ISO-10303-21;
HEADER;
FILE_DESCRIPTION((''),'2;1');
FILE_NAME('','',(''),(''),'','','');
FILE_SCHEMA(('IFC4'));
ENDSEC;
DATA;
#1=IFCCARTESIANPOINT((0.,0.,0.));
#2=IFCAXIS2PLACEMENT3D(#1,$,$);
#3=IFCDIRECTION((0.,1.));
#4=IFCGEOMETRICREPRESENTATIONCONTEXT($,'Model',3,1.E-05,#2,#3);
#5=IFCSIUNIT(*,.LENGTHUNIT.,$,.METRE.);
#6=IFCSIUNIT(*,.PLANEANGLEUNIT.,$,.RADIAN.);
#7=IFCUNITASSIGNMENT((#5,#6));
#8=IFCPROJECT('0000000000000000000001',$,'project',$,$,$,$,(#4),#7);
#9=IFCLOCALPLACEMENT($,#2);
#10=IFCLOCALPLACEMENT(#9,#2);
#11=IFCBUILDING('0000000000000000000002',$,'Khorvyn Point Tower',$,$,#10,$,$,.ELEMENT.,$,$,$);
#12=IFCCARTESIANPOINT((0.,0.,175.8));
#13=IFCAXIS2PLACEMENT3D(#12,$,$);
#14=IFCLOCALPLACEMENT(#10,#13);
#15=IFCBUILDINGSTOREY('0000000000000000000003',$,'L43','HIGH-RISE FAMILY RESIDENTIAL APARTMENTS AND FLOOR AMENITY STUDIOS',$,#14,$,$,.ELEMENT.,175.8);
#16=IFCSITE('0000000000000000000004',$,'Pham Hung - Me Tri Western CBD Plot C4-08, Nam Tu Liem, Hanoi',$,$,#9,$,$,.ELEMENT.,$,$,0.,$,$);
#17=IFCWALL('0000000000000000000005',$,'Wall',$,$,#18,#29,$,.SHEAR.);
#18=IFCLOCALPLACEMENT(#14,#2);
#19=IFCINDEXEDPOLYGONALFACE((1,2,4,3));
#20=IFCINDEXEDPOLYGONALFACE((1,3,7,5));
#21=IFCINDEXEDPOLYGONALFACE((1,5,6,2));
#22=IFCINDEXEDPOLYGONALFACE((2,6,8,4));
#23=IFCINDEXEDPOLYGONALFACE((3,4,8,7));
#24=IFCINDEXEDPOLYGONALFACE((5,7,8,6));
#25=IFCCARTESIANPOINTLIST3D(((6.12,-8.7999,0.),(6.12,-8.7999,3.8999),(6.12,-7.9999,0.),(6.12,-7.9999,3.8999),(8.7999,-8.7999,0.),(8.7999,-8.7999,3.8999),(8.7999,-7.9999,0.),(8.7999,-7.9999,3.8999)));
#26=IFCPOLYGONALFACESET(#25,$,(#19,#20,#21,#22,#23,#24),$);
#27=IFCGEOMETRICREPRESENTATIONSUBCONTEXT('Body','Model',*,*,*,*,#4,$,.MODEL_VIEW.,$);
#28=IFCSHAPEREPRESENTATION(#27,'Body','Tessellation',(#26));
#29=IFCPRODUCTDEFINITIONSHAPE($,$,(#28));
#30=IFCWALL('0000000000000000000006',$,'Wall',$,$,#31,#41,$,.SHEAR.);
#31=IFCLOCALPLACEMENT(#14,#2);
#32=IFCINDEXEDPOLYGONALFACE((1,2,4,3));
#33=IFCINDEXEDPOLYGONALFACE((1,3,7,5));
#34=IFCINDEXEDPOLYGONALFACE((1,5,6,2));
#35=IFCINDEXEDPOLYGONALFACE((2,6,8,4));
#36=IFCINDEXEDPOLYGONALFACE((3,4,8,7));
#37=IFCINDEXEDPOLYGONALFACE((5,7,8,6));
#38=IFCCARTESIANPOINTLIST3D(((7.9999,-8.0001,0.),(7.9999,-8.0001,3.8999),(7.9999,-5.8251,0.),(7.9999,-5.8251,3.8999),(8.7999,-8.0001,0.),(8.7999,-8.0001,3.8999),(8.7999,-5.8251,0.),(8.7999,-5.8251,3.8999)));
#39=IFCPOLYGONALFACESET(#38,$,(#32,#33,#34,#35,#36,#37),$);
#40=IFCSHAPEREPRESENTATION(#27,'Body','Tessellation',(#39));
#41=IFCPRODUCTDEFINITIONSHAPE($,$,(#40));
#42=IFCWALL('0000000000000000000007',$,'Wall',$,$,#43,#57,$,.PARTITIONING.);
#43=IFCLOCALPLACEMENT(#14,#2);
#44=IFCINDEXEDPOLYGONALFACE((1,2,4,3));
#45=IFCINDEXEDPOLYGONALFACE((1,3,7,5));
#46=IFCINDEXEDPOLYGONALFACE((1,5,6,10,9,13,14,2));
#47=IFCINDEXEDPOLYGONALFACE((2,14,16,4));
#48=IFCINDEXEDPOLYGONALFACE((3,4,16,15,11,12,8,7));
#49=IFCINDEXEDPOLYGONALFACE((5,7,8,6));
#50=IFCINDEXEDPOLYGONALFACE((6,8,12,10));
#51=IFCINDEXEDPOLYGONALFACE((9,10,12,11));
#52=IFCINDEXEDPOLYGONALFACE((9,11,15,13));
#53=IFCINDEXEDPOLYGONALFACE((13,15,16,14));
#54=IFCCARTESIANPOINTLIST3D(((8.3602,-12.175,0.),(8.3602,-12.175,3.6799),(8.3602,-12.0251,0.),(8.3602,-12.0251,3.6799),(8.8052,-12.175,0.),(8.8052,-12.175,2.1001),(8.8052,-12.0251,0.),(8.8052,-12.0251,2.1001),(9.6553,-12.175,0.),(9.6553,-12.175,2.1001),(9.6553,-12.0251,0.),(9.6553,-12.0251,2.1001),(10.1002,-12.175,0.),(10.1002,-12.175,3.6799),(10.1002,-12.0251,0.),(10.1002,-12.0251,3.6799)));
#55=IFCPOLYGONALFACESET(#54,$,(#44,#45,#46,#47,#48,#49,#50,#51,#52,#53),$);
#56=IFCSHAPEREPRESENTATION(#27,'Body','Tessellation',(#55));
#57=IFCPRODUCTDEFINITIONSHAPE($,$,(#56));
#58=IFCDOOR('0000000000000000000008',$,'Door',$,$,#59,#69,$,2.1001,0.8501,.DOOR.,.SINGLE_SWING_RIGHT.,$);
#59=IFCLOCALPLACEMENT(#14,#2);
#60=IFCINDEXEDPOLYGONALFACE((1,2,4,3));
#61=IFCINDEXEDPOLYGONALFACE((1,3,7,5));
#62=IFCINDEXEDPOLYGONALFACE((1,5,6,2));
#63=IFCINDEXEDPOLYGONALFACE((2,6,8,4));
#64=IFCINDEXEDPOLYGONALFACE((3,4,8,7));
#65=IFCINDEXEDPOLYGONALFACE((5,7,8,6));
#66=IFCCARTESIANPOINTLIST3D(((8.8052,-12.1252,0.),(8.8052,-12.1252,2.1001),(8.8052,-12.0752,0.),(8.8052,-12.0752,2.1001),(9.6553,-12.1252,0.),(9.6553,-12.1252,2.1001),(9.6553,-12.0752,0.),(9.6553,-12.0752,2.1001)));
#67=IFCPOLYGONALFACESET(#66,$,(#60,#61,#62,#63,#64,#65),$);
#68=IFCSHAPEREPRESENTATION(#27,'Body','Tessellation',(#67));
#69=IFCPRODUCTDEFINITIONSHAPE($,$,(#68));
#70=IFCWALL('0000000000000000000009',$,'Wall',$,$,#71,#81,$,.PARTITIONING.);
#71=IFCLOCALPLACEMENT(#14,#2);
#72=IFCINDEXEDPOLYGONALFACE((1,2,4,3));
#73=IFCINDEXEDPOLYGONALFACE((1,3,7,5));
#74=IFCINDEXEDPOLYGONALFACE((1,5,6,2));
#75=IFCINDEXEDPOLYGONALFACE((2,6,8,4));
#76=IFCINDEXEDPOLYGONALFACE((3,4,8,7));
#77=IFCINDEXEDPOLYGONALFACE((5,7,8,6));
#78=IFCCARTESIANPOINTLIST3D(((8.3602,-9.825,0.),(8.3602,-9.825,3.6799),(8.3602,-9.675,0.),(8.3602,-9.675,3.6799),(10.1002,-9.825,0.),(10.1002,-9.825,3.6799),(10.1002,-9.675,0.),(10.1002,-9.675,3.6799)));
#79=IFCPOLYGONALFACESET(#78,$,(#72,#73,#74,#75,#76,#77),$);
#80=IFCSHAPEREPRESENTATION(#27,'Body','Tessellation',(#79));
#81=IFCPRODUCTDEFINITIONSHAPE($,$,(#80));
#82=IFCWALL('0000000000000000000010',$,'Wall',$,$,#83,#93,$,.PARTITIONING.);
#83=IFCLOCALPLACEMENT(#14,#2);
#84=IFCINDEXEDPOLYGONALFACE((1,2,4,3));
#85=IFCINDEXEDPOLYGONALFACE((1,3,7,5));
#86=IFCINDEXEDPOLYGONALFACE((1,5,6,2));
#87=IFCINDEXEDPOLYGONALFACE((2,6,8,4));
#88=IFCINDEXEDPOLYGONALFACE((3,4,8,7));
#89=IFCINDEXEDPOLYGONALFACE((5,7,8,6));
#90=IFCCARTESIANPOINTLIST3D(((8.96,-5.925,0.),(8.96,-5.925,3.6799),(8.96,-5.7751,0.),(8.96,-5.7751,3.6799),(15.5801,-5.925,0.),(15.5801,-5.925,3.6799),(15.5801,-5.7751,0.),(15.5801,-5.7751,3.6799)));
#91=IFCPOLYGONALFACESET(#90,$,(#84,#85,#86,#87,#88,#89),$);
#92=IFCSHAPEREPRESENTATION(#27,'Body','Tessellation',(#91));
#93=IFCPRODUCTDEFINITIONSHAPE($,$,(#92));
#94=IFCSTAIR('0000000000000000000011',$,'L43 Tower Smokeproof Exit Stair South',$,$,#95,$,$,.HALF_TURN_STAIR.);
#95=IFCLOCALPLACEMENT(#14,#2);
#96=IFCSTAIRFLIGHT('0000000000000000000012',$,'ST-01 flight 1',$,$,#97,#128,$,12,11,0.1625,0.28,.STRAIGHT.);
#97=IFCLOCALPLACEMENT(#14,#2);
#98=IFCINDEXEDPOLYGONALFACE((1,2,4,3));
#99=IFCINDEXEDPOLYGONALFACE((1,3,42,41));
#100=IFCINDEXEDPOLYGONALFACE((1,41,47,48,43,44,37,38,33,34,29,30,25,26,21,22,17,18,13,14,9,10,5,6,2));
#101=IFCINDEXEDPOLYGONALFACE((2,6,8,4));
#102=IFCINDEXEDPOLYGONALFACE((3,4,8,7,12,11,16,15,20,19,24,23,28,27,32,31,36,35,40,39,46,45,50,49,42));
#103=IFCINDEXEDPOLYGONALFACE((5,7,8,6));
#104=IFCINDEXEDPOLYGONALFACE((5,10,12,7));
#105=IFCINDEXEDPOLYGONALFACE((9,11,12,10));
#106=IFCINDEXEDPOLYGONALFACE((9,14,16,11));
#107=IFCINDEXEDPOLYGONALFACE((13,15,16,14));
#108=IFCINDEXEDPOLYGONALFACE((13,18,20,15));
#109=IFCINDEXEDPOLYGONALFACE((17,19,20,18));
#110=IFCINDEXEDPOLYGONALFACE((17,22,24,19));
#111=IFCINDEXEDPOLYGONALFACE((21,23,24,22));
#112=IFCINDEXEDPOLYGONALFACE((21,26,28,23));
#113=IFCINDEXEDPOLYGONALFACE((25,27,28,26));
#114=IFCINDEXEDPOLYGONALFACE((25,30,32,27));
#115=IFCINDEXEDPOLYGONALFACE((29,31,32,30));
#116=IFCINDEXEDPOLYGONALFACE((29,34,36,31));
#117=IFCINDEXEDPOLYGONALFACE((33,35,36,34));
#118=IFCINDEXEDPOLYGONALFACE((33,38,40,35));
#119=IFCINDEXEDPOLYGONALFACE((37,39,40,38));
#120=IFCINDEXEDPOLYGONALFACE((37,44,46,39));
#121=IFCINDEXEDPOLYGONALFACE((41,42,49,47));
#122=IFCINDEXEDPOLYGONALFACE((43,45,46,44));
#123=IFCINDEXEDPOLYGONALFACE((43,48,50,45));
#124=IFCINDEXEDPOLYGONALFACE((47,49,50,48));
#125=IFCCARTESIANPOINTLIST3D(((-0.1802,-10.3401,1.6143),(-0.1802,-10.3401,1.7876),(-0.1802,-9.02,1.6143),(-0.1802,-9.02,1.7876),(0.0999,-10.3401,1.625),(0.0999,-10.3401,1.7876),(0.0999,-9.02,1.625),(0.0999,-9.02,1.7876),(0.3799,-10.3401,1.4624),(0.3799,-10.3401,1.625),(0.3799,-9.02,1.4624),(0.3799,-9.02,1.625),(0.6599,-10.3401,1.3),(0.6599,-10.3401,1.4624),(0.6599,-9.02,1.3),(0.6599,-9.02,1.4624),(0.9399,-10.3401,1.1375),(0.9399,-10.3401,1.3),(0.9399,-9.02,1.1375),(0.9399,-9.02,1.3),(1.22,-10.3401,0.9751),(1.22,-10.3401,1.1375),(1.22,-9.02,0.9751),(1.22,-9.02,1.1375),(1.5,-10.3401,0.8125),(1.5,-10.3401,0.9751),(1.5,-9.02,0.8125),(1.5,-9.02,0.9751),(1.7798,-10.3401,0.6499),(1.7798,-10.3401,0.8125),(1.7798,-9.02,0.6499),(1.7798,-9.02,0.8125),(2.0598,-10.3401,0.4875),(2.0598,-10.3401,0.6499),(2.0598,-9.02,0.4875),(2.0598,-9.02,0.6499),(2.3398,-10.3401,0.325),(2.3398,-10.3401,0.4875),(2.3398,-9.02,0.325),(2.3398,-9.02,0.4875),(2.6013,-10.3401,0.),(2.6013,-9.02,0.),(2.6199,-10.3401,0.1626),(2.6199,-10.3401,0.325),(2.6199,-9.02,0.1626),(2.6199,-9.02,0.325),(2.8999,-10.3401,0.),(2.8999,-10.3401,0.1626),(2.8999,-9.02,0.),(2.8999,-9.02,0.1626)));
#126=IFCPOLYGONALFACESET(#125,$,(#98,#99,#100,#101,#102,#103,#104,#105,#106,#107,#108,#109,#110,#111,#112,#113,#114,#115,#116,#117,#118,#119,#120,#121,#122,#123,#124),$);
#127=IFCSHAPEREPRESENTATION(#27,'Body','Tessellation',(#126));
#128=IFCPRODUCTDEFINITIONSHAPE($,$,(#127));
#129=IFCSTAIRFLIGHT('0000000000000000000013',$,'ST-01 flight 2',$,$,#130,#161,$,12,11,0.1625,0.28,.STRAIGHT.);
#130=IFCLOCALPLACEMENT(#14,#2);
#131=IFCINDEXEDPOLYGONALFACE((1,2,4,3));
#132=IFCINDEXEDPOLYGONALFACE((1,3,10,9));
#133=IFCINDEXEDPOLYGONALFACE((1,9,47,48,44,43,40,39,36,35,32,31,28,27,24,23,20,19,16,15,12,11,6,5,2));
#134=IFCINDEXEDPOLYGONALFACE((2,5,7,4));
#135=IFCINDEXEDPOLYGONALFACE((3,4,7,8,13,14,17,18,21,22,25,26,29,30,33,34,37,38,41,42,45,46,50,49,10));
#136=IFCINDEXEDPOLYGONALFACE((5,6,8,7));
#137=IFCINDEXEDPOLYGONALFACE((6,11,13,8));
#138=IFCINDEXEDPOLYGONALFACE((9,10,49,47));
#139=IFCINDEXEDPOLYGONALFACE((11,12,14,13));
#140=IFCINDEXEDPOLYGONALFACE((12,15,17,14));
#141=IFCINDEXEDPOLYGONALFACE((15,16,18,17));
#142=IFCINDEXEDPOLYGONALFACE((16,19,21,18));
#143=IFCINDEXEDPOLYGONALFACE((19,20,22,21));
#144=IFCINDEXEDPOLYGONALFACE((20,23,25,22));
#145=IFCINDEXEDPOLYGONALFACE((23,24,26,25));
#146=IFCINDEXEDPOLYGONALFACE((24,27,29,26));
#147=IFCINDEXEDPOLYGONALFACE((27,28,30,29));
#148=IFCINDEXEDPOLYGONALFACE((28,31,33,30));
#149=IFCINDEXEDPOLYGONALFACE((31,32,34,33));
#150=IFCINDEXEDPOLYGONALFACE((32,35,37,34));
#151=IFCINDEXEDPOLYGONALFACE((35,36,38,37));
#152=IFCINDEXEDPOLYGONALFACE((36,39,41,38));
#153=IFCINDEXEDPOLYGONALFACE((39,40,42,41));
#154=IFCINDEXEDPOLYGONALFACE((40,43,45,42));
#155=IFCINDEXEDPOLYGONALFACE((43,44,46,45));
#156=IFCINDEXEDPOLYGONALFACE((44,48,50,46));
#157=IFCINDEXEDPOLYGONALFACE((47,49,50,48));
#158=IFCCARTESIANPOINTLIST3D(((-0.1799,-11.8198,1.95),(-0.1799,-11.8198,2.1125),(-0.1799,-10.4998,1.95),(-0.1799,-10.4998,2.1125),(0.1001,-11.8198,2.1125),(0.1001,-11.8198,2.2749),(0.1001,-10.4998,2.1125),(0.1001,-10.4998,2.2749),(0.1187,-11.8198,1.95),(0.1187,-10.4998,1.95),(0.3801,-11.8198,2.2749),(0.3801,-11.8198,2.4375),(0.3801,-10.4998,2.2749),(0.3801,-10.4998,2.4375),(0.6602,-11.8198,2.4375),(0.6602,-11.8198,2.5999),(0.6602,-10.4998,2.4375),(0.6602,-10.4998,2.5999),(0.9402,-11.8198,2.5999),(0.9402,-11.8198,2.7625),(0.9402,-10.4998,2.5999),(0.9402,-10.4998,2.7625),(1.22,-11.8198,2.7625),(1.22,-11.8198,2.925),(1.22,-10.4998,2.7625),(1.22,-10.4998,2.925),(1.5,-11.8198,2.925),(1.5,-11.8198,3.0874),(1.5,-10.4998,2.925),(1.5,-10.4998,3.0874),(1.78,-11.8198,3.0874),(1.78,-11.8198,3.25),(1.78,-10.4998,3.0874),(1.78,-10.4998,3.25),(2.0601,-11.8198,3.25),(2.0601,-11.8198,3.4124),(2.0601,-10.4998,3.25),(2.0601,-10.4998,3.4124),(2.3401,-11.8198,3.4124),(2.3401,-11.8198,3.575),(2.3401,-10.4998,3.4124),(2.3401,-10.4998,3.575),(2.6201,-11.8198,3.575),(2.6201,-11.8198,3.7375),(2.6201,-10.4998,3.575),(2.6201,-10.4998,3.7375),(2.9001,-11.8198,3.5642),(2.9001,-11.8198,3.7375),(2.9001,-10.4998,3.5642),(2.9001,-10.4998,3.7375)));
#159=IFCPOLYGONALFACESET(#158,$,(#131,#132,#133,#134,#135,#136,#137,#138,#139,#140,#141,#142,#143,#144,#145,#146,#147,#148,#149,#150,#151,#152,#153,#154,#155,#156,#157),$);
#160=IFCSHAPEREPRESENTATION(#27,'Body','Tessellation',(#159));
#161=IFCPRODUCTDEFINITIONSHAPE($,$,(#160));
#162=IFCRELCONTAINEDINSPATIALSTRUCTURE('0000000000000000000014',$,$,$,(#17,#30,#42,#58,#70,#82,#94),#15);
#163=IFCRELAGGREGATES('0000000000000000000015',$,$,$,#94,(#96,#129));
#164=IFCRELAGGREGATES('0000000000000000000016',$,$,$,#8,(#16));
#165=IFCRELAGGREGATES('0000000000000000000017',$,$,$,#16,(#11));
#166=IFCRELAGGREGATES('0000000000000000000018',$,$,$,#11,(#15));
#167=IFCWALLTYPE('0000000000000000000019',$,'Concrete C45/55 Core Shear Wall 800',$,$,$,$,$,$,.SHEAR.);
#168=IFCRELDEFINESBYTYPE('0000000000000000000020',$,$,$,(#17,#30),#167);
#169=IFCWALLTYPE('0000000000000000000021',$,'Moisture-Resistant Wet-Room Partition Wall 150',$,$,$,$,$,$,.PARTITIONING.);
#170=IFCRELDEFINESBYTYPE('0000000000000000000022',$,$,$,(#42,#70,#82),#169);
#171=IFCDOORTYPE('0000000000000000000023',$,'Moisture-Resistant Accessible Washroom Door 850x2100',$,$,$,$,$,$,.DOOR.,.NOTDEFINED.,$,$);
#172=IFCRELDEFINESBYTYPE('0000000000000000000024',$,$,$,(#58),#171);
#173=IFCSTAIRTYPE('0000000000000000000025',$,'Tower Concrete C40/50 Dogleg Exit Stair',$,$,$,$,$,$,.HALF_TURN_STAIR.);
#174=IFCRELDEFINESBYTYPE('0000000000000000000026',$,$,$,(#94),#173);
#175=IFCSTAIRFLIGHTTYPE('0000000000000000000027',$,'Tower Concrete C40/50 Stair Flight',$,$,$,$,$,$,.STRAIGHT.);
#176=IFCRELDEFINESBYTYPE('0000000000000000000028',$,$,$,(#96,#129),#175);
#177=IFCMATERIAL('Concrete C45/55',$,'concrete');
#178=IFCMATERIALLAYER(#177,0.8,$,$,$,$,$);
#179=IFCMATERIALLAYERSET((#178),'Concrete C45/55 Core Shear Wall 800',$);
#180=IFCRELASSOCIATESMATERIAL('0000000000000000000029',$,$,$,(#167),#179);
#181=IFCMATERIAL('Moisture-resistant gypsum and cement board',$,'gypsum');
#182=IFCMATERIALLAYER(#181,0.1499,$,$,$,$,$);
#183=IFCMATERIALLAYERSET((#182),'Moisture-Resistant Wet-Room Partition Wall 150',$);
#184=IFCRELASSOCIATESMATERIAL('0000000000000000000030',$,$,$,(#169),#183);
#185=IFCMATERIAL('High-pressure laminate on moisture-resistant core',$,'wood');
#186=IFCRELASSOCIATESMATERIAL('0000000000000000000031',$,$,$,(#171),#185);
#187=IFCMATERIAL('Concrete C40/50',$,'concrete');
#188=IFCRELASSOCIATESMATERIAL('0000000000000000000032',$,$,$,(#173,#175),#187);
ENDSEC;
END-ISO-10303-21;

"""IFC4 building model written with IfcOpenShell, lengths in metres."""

from ifc_helpers import new_model, si_unit, direction, frame, frame_2d, origin, place, context, subcontext, project, spatial, polyline, rectangle, outline, extrude, material, layer, layer_set, type_object, element, fill, aggregate, save


model = new_model("IFC4")

# Units and contexts
model_context = context("Model", 3, precision=1e-05, world=origin(), true_north=direction((0.0, 1.0)))
body_context = subcontext(model_context, "Body", "Model", "MODEL_VIEW")
ifc_project = project(units=[si_unit("LENGTHUNIT", "METRE"), si_unit("PLANEANGLEUNIT", "RADIAN")], contexts=[model_context])

# Site, building, storey
site_placement = place(None, origin())
site = spatial("IfcSite", under=ifc_project, at=site_placement, Name="Pham Hung - Me Tri Western CBD Plot C4-08, Nam Tu Liem, Hanoi", CompositionType="ELEMENT", RefElevation=0.0)
building_placement = place(site_placement, origin())
building = spatial("IfcBuilding", under=site, at=building_placement, Name="Khorvyn Point Tower", CompositionType="ELEMENT")
storey_placement = place(building_placement, frame((0.0, 0.0, 175.8)))
storey = spatial("IfcBuildingStorey", under=building, at=storey_placement, Name="L43", Description="HIGH-RISE FAMILY RESIDENTIAL APARTMENTS AND FLOOR AMENITY STUDIOS", CompositionType="ELEMENT", Elevation=175.8)

# Shared definitions
ifc_material_1 = material(Name="Concrete C45/55", Category="concrete")

# Shared definitions
ifc_material_2 = material(Name="Concrete C40/50", Category="concrete")

# Walls
ifc_layer_1 = layer(ifc_material_1, 0.8)
ifc_layer_set_1 = layer_set([ifc_layer_1], Name="Concrete C45/55 Core Shear Wall 800")
wall_type_1 = type_object("IfcWallType", Name="Concrete C45/55 Core Shear Wall 800", PredefinedType="SHEAR", material=ifc_layer_set_1)
wall_1_placement = place(storey_placement, frame((6.1201, -8.3999, 0.0), z_axis=(0.0, 0.0, 1.0), x_axis=(1.0, 0.0, 0.0)))
element("IfcWall", 1, at=wall_1_placement, inside=storey, type_object=wall_type_1, Name="Wall", PredefinedType="SHEAR", context=body_context, shape_type="SweptSolid", body=[
    extrude(rectangle(XDim=2.6799, YDim=0.8, at=frame_2d((1.3398, 0.0))), origin(), (0.0, 0.0, 1.0), 3.8999),
])
wall_2_placement = place(storey_placement, frame((8.3999, -8.0, 0.0), z_axis=(0.0, 0.0, 1.0), x_axis=(0.0, 1.0, 0.0)))
element("IfcWall", 2, at=wall_2_placement, inside=storey, type_object=wall_type_1, Name="Wall", PredefinedType="SHEAR", context=body_context, shape_type="SweptSolid", body=[
    extrude(rectangle(XDim=2.175, YDim=0.8, at=frame_2d((1.0874, 0.0))), origin(), (0.0, 0.0, 1.0), 3.8999),
])

# Wall, opening, door
ifc_material_3 = material(Name="Moisture-resistant gypsum and cement board", Category="gypsum")
ifc_layer_2 = layer(ifc_material_3, 0.1499)
ifc_layer_set_2 = layer_set([ifc_layer_2], Name="Moisture-Resistant Wet-Room Partition Wall 150")
wall_type_2 = type_object("IfcWallType", Name="Moisture-Resistant Wet-Room Partition Wall 150", PredefinedType="PARTITIONING", material=ifc_layer_set_2)
wall_3_placement = place(storey_placement, frame((8.3601, -12.1001, 0.0), z_axis=(0.0, 0.0, 1.0), x_axis=(1.0, 0.0, 0.0)))
wall_3 = element("IfcWall", 3, at=wall_3_placement, inside=storey, type_object=wall_type_2, Name="Wall", PredefinedType="PARTITIONING", context=body_context, shape_type="SweptSolid", body=[
    extrude(rectangle(XDim=1.74, YDim=0.1499, at=frame_2d((0.8701, 0.0))), origin(), (0.0, 0.0, 1.0), 3.6799),
])
opening_1_placement = place(wall_3_placement, frame((0.4451, 0.0, 0.0)))
opening_1 = element("IfcOpeningElement", 4, at=opening_1_placement, cuts=wall_3, PredefinedType="OPENING", context=body_context, shape_type="SweptSolid", body=[
    extrude(rectangle(XDim=0.8501, YDim=2.1001, at=frame_2d((0.425, 1.05))), frame((0.0, 0.085, 0.0), z_axis=(0.0, -1.0, 0.0), x_axis=(1.0, 0.0, 0.0)), (0.0, 0.0, 1.0), 0.1699),
])
ifc_material_4 = material(Name="High-pressure laminate on moisture-resistant core", Category="wood")
door_type_1 = type_object("IfcDoorType", Name="Moisture-Resistant Accessible Washroom Door 850x2100", OperationType="NOTDEFINED", PredefinedType="DOOR", material=ifc_material_4)
door_1_placement = place(opening_1_placement, origin())
door_1 = element("IfcDoor", 5, at=door_1_placement, inside=storey, type_object=door_type_1, Name="Door", OperationType="SINGLE_SWING_RIGHT", OverallHeight=2.1001, OverallWidth=0.8501, PredefinedType="DOOR", context=body_context, shape_type="SweptSolid", body=[
    extrude(rectangle(XDim=0.8501, YDim=2.1001, at=frame_2d((0.425, 1.05))), frame((0.0, 0.0249, 0.0), z_axis=(0.0, -1.0, 0.0), x_axis=(1.0, 0.0, 0.0)), (0.0, 0.0, 1.0), 0.05),
])
fill(opening_1, door_1)

# Walls
wall_4_placement = place(storey_placement, frame((8.3601, -9.75, 0.0), z_axis=(0.0, 0.0, 1.0), x_axis=(1.0, 0.0, 0.0)))
element("IfcWall", 6, at=wall_4_placement, inside=storey, type_object=wall_type_2, Name="Wall", PredefinedType="PARTITIONING", context=body_context, shape_type="SweptSolid", body=[
    extrude(rectangle(XDim=1.74, YDim=0.1499, at=frame_2d((0.8701, 0.0))), origin(), (0.0, 0.0, 1.0), 3.6799),
])
wall_5_placement = place(storey_placement, frame((8.96, -5.8501, 0.0), z_axis=(0.0, 0.0, 1.0), x_axis=(1.0, 0.0, 0.0)))
element("IfcWall", 7, at=wall_5_placement, inside=storey, type_object=wall_type_2, Name="Wall", PredefinedType="PARTITIONING", context=body_context, shape_type="SweptSolid", body=[
    extrude(rectangle(XDim=6.6201, YDim=0.1499, at=frame_2d((3.3101, 0.0))), origin(), (0.0, 0.0, 1.0), 3.6799),
])

# Stair, stair flights
stair_type = type_object("IfcStairType", Name="Tower Concrete C40/50 Dogleg Exit Stair", PredefinedType="HALF_TURN_STAIR", material=ifc_material_2)
stair_placement = place(storey_placement, origin())
stair = element("IfcStair", 8, at=stair_placement, inside=storey, type_object=stair_type, Name="L43 Tower Smokeproof Exit Stair South", PredefinedType="HALF_TURN_STAIR")
stair_flight_type = type_object("IfcStairFlightType", Name="Tower Concrete C40/50 Stair Flight", PredefinedType="STRAIGHT", material=ifc_material_2)
stair_flight_1_placement = place(storey_placement, frame((2.8999, -9.6799, 0.0), z_axis=(0.0, 0.0, 1.0), x_axis=(-1.0, 0.0, 0.0)))
stair_flight_1 = element("IfcStairFlight", 9, at=stair_flight_1_placement, type_object=stair_flight_type, Name="ST-01 flight 1", NumberOfRisers=12, NumberOfTreads=11, PredefinedType="STRAIGHT", RiserHeight=0.1625, TreadLength=0.28, context=body_context, shape_type="SweptSolid", body=[
    extrude(outline(polyline([(0.0, 0.0), (0.0, 0.1626), (0.28, 0.1626), (0.28, 0.325), (0.5601, 0.325), (0.5601, 0.4875), (0.8401, 0.4875), (0.8401, 0.6499), (1.1201, 0.6499), (1.1201, 0.8125), (1.3999, 0.8125), (1.3999, 0.9751), (1.6799, 0.9751), (1.6799, 1.1375), (1.96, 1.1375), (1.96, 1.3), (2.24, 1.3), (2.24, 1.4624), (2.52, 1.4624), (2.52, 1.625), (2.8, 1.625), (2.8, 1.7876), (3.0801, 1.7876), (3.0801, 1.95), (3.0801, 1.6143), (0.2986, 0.0), (0.0, 0.0)])), frame((0.0, 0.6602, 0.0), z_axis=(0.0, -1.0, 0.0), x_axis=(1.0, 0.0, 0.0)), (0.0, 0.0, 1.0), 1.3201),
])
stair_flight_2_placement = place(storey_placement, frame((-0.1799, -11.1599, 1.95), z_axis=(0.0, 0.0, 1.0), x_axis=(1.0, 0.0, 0.0)))
stair_flight_2 = element("IfcStairFlight", 10, at=stair_flight_2_placement, type_object=stair_flight_type, Name="ST-01 flight 2", NumberOfRisers=12, NumberOfTreads=11, PredefinedType="STRAIGHT", RiserHeight=0.1625, TreadLength=0.28, context=body_context, shape_type="SweptSolid", body=[
    extrude(outline(polyline([(0.0, 0.0), (0.0, 0.1626), (0.28, 0.1626), (0.28, 0.325), (0.5601, 0.325), (0.5601, 0.4875), (0.8401, 0.4875), (0.8401, 0.6499), (1.1201, 0.6499), (1.1201, 0.8125), (1.3999, 0.8125), (1.3999, 0.9751), (1.6799, 0.9751), (1.6799, 1.1375), (1.96, 1.1375), (1.96, 1.3), (2.24, 1.3), (2.24, 1.4624), (2.52, 1.4624), (2.52, 1.625), (2.8, 1.625), (2.8, 1.7876), (3.0801, 1.7876), (3.0801, 1.95), (3.0801, 1.6143), (0.2986, 0.0), (0.0, 0.0)])), frame((0.0, 0.6602, 0.0), z_axis=(0.0, -1.0, 0.0), x_axis=(1.0, 0.0, 0.0)), (0.0, 0.0, 1.0), 1.3201),
])
aggregate(stair, [stair_flight_1, stair_flight_2])

save(model, "model.ifc")
